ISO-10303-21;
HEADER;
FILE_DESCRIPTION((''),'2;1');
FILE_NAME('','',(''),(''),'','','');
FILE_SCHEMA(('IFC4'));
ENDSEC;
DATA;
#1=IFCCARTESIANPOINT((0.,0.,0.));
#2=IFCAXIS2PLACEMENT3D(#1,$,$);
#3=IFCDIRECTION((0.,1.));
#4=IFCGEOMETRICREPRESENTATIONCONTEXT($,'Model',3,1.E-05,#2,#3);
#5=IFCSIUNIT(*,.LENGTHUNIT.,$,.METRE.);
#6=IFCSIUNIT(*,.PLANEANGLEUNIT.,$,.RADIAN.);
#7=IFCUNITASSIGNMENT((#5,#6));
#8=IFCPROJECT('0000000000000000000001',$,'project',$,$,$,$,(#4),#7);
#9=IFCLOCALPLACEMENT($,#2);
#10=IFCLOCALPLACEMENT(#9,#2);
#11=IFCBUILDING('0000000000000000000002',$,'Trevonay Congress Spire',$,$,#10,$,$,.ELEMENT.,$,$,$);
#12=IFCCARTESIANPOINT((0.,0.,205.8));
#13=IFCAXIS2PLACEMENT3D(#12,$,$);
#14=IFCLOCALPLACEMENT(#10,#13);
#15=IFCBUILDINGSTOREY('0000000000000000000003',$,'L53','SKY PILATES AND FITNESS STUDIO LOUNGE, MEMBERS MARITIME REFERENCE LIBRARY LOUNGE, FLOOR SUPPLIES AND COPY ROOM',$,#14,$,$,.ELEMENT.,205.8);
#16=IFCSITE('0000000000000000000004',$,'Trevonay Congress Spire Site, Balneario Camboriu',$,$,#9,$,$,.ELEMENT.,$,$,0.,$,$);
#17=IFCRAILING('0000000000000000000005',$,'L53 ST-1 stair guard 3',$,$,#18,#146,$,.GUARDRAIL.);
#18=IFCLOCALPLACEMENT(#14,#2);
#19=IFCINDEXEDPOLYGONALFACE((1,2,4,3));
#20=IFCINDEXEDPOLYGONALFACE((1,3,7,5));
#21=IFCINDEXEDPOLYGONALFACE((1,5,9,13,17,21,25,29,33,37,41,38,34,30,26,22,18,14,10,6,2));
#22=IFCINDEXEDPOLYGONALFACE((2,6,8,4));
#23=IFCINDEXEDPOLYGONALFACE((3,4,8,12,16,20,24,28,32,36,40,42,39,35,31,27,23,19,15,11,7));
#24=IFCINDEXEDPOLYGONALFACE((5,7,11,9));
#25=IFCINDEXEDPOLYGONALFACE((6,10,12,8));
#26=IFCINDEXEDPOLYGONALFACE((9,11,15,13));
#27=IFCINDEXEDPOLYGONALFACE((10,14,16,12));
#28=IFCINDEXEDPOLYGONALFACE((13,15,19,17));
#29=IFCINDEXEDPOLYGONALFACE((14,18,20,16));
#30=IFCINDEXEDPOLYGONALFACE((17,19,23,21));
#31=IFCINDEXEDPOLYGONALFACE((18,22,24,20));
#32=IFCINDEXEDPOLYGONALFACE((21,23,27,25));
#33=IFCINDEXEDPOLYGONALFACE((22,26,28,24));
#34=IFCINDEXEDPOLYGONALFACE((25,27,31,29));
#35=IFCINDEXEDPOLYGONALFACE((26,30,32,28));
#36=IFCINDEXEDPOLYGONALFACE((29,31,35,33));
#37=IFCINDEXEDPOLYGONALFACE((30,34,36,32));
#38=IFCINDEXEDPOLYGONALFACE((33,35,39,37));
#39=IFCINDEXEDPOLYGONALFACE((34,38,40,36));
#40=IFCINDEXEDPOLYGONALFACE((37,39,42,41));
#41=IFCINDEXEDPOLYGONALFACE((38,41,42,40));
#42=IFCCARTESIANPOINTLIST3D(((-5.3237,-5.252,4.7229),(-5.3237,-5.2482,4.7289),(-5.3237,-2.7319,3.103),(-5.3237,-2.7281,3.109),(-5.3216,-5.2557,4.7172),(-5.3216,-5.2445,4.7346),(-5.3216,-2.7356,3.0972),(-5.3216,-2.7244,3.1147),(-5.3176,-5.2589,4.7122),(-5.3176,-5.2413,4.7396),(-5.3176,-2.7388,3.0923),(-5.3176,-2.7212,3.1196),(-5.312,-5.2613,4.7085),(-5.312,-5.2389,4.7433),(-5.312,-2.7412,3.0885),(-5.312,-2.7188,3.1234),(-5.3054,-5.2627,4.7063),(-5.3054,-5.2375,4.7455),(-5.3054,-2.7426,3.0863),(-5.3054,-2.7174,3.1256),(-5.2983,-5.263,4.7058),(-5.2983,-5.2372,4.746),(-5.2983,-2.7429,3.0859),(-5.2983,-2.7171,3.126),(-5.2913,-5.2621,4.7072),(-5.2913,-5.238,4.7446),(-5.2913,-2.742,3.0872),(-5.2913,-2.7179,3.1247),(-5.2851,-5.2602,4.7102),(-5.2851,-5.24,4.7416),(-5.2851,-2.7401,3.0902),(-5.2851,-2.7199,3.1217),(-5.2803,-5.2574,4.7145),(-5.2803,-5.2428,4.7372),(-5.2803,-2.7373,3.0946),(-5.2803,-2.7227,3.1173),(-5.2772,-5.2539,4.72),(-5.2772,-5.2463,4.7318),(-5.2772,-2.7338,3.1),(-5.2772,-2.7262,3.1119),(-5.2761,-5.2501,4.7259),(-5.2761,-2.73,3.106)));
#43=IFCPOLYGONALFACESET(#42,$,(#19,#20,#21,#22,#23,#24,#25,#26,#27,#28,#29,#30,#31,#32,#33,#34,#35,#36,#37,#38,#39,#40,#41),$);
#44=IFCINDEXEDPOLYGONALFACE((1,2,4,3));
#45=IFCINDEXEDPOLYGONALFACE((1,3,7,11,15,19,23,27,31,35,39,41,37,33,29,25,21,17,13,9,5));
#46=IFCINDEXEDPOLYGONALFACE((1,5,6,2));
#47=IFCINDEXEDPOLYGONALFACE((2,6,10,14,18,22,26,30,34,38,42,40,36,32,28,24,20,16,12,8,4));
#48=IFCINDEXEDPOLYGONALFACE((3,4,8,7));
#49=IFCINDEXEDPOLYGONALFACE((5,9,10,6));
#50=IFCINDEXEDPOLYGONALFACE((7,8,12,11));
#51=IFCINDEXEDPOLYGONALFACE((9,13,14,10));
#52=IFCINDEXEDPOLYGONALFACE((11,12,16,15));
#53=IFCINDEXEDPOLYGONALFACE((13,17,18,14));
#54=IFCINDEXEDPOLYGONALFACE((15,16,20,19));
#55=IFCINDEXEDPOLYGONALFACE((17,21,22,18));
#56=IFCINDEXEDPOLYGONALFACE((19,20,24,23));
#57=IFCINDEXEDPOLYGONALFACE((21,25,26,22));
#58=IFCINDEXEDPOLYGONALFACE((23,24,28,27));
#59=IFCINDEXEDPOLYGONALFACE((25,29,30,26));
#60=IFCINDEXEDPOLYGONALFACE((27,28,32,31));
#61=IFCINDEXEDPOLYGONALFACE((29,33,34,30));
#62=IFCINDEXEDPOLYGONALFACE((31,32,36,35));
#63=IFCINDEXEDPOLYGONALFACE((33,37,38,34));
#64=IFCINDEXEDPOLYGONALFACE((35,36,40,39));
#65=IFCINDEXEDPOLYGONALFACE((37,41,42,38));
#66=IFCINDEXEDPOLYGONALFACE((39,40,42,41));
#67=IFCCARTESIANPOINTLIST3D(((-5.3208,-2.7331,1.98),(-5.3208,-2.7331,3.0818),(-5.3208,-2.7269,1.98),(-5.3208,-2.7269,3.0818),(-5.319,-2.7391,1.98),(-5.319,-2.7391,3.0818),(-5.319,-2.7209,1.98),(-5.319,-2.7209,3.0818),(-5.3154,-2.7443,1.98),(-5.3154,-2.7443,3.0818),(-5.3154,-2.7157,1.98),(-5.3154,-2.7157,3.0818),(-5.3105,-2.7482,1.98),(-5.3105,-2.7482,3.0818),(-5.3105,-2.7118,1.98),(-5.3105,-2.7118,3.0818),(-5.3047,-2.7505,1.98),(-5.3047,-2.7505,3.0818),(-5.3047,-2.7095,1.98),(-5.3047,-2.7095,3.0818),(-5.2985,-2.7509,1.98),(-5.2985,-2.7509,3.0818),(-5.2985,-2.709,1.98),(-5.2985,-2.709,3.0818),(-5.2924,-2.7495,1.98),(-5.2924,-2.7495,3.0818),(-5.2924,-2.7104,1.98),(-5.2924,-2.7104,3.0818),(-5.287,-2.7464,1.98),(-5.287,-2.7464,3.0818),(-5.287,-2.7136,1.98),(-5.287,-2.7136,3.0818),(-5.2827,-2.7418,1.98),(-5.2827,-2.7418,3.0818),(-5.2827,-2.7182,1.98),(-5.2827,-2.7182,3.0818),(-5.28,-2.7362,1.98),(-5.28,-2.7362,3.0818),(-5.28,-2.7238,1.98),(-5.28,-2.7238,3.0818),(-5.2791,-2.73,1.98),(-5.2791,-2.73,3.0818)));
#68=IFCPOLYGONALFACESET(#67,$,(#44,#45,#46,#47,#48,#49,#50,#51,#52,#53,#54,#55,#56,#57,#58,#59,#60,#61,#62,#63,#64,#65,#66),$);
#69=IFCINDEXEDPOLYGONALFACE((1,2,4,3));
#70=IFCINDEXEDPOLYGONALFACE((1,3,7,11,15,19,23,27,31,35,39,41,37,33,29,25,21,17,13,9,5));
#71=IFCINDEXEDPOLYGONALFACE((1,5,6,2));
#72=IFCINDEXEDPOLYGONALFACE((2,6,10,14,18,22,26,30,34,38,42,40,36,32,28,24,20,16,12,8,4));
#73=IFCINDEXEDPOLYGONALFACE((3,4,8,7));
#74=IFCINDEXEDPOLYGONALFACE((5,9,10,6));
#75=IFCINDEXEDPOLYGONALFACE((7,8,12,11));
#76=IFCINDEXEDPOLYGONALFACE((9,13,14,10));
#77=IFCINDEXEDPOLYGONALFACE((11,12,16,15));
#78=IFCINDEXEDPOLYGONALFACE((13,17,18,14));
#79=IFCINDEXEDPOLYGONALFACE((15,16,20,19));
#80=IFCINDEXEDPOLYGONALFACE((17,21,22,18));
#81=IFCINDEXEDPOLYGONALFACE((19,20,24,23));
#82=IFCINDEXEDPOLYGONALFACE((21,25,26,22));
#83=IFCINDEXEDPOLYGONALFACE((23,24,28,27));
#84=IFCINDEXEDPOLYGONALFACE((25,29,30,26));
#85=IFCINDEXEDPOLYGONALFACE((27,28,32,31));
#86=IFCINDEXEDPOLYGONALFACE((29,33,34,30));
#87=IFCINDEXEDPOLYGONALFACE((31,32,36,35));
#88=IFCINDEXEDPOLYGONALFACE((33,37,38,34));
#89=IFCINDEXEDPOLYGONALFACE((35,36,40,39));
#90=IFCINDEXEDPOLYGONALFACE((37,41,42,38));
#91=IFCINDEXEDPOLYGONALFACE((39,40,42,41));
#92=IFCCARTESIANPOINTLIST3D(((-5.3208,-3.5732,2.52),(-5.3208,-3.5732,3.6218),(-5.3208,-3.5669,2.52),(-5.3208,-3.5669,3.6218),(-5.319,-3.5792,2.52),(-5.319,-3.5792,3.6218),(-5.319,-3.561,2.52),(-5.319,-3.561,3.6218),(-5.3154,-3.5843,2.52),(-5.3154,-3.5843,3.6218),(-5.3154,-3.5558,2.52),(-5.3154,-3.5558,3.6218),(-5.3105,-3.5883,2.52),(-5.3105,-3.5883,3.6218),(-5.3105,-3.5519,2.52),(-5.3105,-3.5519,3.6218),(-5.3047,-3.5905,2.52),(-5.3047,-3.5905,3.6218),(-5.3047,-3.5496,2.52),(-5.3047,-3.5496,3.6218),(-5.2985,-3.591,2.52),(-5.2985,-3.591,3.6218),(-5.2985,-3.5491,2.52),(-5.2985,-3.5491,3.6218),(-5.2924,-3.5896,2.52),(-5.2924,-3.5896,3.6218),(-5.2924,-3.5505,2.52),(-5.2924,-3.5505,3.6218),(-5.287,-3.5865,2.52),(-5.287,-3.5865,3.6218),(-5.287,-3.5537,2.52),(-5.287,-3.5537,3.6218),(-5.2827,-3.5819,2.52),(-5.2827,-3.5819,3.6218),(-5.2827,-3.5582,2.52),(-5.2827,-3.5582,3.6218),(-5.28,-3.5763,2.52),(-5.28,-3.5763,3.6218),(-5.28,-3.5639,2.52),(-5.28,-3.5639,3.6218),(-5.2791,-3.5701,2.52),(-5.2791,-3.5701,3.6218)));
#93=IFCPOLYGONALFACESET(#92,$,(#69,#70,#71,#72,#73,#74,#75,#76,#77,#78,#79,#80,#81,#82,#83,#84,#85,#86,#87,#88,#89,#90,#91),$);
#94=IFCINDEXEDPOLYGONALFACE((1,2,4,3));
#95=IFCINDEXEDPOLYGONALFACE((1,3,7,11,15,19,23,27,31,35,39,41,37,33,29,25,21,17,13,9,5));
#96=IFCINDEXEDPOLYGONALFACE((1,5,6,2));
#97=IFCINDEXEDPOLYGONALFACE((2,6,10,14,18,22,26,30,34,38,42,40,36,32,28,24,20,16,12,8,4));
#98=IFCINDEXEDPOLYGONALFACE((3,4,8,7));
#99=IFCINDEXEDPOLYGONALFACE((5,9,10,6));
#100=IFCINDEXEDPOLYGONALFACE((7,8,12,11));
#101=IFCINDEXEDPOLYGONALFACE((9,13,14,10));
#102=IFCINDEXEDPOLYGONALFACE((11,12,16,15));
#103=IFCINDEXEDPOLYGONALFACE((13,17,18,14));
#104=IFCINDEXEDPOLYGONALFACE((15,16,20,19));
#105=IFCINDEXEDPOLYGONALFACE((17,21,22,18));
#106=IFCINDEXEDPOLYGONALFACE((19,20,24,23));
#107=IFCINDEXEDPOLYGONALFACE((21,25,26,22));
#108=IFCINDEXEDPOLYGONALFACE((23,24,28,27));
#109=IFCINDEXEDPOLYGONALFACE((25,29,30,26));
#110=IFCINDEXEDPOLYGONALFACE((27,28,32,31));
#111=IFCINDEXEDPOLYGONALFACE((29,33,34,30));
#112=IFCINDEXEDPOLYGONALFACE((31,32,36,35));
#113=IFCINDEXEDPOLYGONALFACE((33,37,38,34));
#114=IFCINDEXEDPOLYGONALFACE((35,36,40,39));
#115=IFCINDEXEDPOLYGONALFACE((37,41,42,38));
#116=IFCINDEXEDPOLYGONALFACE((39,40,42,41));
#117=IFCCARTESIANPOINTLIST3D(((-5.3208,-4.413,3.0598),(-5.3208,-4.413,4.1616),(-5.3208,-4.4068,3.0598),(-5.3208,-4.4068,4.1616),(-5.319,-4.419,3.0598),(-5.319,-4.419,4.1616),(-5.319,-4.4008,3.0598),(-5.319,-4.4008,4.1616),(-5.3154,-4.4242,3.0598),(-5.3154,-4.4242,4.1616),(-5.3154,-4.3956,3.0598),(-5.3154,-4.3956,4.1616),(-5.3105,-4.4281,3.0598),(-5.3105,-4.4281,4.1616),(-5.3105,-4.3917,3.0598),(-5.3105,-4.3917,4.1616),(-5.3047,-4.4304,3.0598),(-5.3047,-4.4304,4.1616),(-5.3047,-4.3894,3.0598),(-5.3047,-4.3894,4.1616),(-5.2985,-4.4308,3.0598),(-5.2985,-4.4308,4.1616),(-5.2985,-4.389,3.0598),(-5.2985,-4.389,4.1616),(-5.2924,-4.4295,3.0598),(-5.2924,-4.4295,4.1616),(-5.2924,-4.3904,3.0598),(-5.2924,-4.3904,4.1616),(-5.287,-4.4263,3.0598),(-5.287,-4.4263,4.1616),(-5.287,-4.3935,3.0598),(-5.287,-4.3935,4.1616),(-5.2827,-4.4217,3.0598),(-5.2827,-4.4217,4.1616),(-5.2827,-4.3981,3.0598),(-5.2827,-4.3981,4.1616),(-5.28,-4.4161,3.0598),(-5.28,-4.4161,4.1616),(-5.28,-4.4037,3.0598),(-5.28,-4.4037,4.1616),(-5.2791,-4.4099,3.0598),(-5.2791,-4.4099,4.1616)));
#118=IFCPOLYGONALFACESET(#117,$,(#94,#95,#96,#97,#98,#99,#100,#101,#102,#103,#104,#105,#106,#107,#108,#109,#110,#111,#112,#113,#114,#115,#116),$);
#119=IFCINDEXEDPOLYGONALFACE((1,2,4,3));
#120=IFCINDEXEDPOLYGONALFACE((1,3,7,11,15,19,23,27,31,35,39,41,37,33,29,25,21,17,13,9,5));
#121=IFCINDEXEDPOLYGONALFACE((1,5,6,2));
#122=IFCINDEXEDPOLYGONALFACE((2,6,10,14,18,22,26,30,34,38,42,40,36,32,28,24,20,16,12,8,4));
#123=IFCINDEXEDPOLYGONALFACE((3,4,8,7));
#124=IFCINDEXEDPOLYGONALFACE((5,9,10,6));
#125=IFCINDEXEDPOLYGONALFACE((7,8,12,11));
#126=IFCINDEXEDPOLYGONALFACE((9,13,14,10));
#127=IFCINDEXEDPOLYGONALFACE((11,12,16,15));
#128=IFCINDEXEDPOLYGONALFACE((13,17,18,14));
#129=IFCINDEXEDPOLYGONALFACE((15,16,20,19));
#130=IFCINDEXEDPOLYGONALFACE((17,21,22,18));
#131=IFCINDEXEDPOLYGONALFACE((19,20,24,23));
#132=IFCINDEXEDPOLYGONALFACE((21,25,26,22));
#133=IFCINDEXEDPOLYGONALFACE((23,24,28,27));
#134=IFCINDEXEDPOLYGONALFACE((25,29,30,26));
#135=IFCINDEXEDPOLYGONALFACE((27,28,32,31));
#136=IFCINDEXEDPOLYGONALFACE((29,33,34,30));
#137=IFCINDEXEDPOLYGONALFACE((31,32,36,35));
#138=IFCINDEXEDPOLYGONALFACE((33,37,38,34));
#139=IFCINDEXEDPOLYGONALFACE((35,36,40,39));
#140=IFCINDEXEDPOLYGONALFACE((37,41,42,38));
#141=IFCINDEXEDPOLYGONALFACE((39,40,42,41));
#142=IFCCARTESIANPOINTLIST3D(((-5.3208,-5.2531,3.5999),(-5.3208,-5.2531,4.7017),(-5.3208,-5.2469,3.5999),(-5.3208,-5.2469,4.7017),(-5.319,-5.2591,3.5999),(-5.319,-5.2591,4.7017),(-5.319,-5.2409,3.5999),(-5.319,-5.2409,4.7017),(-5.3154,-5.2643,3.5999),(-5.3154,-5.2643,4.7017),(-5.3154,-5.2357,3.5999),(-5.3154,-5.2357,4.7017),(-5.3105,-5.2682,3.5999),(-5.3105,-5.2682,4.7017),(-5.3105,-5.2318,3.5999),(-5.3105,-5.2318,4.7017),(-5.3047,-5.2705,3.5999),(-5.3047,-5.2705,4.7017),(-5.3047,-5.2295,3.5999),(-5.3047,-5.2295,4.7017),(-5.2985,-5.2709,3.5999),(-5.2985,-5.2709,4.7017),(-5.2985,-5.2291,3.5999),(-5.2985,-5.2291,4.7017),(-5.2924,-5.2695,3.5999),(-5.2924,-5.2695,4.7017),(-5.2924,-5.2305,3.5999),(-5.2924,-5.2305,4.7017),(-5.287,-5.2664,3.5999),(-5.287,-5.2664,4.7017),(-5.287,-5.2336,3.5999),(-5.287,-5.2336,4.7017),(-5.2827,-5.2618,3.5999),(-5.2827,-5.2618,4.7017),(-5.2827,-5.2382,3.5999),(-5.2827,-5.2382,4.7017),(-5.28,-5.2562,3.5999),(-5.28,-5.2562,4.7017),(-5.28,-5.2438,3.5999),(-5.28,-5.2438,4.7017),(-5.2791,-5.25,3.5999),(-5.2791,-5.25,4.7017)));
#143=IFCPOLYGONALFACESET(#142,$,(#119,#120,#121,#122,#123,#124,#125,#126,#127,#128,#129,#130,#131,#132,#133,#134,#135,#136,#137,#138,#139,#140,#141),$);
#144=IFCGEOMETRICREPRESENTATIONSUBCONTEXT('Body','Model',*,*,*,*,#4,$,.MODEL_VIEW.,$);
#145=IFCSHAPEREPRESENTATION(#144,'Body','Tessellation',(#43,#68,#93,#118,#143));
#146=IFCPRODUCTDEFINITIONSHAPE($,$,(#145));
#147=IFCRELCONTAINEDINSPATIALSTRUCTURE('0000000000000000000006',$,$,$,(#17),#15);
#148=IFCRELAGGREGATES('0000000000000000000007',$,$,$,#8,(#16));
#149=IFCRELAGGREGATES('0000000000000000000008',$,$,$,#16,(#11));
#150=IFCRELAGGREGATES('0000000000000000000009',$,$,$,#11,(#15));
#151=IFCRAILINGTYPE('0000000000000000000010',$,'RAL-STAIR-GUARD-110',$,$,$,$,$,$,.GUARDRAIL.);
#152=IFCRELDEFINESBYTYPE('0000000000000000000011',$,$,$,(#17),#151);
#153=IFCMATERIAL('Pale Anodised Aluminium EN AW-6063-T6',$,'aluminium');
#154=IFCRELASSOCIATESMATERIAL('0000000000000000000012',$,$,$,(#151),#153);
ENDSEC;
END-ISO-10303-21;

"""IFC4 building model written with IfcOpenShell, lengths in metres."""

from ifc_helpers import new_model, si_unit, direction, frame, origin, origin_2d, place, context, subcontext, project, spatial, circle, extrude, material, type_object, element, save


model = new_model("IFC4")

# Units and contexts
model_context = context("Model", 3, precision=1e-05, world=origin(), true_north=direction((0.0, 1.0)))
body_context = subcontext(model_context, "Body", "Model", "MODEL_VIEW")
ifc_project = project(units=[si_unit("LENGTHUNIT", "METRE"), si_unit("PLANEANGLEUNIT", "RADIAN")], contexts=[model_context])

# Site, building, storey
site_placement = place(None, origin())
site = spatial("IfcSite", under=ifc_project, at=site_placement, Name="Trevonay Congress Spire Site, Balneario Camboriu", CompositionType="ELEMENT", RefElevation=0.0)
building_placement = place(site_placement, origin())
building = spatial("IfcBuilding", under=site, at=building_placement, Name="Trevonay Congress Spire", CompositionType="ELEMENT")
storey_placement = place(building_placement, frame((0.0, 0.0, 205.8)))
storey = spatial("IfcBuildingStorey", under=building, at=storey_placement, Name="L53", Description="SKY PILATES AND FITNESS STUDIO LOUNGE, MEMBERS MARITIME REFERENCE LIBRARY LOUNGE, FLOOR SUPPLIES AND COPY ROOM", CompositionType="ELEMENT", Elevation=205.8)

# Railing
ifc_material_1 = material(Name="Pale Anodised Aluminium EN AW-6063-T6", Category="aluminium")
railing_type_1 = type_object("IfcRailingType", Name="RAL-STAIR-GUARD-110", PredefinedType="GUARDRAIL", material=ifc_material_1)
railing_1_placement = place(storey_placement, frame((-5.3, -2.73, 1.98)))
element("IfcRailing", 1, at=railing_1_placement, inside=storey, type_object=railing_type_1, Name="L53 ST-1 stair guard 3", PredefinedType="GUARDRAIL", context=body_context, shape_type="SweptSolid", body=[
    extrude(circle(Radius=0.0239, at=origin_2d()), frame((0.0, 0.0, 1.126), z_axis=(0.0, -0.8412, 0.540725), x_axis=(1.0, 0.0, 0.0)), (0.0, 0.0, 1.0), 2.9958),
    extrude(circle(Radius=0.021, at=origin_2d()), origin(), (0.0, 0.0, 1.0), 1.1018),
    extrude(circle(Radius=0.021, at=origin_2d()), frame((0.0, -0.8401, 0.54)), (0.0, 0.0, 1.0), 1.1018),
    extrude(circle(Radius=0.021, at=origin_2d()), frame((0.0, -1.6799, 1.0798)), (0.0, 0.0, 1.0), 1.1018),
    extrude(circle(Radius=0.021, at=origin_2d()), frame((0.0, -2.52, 1.6199)), (0.0, 0.0, 1.0), 1.1018),
])

save(model, "model.ifc")
